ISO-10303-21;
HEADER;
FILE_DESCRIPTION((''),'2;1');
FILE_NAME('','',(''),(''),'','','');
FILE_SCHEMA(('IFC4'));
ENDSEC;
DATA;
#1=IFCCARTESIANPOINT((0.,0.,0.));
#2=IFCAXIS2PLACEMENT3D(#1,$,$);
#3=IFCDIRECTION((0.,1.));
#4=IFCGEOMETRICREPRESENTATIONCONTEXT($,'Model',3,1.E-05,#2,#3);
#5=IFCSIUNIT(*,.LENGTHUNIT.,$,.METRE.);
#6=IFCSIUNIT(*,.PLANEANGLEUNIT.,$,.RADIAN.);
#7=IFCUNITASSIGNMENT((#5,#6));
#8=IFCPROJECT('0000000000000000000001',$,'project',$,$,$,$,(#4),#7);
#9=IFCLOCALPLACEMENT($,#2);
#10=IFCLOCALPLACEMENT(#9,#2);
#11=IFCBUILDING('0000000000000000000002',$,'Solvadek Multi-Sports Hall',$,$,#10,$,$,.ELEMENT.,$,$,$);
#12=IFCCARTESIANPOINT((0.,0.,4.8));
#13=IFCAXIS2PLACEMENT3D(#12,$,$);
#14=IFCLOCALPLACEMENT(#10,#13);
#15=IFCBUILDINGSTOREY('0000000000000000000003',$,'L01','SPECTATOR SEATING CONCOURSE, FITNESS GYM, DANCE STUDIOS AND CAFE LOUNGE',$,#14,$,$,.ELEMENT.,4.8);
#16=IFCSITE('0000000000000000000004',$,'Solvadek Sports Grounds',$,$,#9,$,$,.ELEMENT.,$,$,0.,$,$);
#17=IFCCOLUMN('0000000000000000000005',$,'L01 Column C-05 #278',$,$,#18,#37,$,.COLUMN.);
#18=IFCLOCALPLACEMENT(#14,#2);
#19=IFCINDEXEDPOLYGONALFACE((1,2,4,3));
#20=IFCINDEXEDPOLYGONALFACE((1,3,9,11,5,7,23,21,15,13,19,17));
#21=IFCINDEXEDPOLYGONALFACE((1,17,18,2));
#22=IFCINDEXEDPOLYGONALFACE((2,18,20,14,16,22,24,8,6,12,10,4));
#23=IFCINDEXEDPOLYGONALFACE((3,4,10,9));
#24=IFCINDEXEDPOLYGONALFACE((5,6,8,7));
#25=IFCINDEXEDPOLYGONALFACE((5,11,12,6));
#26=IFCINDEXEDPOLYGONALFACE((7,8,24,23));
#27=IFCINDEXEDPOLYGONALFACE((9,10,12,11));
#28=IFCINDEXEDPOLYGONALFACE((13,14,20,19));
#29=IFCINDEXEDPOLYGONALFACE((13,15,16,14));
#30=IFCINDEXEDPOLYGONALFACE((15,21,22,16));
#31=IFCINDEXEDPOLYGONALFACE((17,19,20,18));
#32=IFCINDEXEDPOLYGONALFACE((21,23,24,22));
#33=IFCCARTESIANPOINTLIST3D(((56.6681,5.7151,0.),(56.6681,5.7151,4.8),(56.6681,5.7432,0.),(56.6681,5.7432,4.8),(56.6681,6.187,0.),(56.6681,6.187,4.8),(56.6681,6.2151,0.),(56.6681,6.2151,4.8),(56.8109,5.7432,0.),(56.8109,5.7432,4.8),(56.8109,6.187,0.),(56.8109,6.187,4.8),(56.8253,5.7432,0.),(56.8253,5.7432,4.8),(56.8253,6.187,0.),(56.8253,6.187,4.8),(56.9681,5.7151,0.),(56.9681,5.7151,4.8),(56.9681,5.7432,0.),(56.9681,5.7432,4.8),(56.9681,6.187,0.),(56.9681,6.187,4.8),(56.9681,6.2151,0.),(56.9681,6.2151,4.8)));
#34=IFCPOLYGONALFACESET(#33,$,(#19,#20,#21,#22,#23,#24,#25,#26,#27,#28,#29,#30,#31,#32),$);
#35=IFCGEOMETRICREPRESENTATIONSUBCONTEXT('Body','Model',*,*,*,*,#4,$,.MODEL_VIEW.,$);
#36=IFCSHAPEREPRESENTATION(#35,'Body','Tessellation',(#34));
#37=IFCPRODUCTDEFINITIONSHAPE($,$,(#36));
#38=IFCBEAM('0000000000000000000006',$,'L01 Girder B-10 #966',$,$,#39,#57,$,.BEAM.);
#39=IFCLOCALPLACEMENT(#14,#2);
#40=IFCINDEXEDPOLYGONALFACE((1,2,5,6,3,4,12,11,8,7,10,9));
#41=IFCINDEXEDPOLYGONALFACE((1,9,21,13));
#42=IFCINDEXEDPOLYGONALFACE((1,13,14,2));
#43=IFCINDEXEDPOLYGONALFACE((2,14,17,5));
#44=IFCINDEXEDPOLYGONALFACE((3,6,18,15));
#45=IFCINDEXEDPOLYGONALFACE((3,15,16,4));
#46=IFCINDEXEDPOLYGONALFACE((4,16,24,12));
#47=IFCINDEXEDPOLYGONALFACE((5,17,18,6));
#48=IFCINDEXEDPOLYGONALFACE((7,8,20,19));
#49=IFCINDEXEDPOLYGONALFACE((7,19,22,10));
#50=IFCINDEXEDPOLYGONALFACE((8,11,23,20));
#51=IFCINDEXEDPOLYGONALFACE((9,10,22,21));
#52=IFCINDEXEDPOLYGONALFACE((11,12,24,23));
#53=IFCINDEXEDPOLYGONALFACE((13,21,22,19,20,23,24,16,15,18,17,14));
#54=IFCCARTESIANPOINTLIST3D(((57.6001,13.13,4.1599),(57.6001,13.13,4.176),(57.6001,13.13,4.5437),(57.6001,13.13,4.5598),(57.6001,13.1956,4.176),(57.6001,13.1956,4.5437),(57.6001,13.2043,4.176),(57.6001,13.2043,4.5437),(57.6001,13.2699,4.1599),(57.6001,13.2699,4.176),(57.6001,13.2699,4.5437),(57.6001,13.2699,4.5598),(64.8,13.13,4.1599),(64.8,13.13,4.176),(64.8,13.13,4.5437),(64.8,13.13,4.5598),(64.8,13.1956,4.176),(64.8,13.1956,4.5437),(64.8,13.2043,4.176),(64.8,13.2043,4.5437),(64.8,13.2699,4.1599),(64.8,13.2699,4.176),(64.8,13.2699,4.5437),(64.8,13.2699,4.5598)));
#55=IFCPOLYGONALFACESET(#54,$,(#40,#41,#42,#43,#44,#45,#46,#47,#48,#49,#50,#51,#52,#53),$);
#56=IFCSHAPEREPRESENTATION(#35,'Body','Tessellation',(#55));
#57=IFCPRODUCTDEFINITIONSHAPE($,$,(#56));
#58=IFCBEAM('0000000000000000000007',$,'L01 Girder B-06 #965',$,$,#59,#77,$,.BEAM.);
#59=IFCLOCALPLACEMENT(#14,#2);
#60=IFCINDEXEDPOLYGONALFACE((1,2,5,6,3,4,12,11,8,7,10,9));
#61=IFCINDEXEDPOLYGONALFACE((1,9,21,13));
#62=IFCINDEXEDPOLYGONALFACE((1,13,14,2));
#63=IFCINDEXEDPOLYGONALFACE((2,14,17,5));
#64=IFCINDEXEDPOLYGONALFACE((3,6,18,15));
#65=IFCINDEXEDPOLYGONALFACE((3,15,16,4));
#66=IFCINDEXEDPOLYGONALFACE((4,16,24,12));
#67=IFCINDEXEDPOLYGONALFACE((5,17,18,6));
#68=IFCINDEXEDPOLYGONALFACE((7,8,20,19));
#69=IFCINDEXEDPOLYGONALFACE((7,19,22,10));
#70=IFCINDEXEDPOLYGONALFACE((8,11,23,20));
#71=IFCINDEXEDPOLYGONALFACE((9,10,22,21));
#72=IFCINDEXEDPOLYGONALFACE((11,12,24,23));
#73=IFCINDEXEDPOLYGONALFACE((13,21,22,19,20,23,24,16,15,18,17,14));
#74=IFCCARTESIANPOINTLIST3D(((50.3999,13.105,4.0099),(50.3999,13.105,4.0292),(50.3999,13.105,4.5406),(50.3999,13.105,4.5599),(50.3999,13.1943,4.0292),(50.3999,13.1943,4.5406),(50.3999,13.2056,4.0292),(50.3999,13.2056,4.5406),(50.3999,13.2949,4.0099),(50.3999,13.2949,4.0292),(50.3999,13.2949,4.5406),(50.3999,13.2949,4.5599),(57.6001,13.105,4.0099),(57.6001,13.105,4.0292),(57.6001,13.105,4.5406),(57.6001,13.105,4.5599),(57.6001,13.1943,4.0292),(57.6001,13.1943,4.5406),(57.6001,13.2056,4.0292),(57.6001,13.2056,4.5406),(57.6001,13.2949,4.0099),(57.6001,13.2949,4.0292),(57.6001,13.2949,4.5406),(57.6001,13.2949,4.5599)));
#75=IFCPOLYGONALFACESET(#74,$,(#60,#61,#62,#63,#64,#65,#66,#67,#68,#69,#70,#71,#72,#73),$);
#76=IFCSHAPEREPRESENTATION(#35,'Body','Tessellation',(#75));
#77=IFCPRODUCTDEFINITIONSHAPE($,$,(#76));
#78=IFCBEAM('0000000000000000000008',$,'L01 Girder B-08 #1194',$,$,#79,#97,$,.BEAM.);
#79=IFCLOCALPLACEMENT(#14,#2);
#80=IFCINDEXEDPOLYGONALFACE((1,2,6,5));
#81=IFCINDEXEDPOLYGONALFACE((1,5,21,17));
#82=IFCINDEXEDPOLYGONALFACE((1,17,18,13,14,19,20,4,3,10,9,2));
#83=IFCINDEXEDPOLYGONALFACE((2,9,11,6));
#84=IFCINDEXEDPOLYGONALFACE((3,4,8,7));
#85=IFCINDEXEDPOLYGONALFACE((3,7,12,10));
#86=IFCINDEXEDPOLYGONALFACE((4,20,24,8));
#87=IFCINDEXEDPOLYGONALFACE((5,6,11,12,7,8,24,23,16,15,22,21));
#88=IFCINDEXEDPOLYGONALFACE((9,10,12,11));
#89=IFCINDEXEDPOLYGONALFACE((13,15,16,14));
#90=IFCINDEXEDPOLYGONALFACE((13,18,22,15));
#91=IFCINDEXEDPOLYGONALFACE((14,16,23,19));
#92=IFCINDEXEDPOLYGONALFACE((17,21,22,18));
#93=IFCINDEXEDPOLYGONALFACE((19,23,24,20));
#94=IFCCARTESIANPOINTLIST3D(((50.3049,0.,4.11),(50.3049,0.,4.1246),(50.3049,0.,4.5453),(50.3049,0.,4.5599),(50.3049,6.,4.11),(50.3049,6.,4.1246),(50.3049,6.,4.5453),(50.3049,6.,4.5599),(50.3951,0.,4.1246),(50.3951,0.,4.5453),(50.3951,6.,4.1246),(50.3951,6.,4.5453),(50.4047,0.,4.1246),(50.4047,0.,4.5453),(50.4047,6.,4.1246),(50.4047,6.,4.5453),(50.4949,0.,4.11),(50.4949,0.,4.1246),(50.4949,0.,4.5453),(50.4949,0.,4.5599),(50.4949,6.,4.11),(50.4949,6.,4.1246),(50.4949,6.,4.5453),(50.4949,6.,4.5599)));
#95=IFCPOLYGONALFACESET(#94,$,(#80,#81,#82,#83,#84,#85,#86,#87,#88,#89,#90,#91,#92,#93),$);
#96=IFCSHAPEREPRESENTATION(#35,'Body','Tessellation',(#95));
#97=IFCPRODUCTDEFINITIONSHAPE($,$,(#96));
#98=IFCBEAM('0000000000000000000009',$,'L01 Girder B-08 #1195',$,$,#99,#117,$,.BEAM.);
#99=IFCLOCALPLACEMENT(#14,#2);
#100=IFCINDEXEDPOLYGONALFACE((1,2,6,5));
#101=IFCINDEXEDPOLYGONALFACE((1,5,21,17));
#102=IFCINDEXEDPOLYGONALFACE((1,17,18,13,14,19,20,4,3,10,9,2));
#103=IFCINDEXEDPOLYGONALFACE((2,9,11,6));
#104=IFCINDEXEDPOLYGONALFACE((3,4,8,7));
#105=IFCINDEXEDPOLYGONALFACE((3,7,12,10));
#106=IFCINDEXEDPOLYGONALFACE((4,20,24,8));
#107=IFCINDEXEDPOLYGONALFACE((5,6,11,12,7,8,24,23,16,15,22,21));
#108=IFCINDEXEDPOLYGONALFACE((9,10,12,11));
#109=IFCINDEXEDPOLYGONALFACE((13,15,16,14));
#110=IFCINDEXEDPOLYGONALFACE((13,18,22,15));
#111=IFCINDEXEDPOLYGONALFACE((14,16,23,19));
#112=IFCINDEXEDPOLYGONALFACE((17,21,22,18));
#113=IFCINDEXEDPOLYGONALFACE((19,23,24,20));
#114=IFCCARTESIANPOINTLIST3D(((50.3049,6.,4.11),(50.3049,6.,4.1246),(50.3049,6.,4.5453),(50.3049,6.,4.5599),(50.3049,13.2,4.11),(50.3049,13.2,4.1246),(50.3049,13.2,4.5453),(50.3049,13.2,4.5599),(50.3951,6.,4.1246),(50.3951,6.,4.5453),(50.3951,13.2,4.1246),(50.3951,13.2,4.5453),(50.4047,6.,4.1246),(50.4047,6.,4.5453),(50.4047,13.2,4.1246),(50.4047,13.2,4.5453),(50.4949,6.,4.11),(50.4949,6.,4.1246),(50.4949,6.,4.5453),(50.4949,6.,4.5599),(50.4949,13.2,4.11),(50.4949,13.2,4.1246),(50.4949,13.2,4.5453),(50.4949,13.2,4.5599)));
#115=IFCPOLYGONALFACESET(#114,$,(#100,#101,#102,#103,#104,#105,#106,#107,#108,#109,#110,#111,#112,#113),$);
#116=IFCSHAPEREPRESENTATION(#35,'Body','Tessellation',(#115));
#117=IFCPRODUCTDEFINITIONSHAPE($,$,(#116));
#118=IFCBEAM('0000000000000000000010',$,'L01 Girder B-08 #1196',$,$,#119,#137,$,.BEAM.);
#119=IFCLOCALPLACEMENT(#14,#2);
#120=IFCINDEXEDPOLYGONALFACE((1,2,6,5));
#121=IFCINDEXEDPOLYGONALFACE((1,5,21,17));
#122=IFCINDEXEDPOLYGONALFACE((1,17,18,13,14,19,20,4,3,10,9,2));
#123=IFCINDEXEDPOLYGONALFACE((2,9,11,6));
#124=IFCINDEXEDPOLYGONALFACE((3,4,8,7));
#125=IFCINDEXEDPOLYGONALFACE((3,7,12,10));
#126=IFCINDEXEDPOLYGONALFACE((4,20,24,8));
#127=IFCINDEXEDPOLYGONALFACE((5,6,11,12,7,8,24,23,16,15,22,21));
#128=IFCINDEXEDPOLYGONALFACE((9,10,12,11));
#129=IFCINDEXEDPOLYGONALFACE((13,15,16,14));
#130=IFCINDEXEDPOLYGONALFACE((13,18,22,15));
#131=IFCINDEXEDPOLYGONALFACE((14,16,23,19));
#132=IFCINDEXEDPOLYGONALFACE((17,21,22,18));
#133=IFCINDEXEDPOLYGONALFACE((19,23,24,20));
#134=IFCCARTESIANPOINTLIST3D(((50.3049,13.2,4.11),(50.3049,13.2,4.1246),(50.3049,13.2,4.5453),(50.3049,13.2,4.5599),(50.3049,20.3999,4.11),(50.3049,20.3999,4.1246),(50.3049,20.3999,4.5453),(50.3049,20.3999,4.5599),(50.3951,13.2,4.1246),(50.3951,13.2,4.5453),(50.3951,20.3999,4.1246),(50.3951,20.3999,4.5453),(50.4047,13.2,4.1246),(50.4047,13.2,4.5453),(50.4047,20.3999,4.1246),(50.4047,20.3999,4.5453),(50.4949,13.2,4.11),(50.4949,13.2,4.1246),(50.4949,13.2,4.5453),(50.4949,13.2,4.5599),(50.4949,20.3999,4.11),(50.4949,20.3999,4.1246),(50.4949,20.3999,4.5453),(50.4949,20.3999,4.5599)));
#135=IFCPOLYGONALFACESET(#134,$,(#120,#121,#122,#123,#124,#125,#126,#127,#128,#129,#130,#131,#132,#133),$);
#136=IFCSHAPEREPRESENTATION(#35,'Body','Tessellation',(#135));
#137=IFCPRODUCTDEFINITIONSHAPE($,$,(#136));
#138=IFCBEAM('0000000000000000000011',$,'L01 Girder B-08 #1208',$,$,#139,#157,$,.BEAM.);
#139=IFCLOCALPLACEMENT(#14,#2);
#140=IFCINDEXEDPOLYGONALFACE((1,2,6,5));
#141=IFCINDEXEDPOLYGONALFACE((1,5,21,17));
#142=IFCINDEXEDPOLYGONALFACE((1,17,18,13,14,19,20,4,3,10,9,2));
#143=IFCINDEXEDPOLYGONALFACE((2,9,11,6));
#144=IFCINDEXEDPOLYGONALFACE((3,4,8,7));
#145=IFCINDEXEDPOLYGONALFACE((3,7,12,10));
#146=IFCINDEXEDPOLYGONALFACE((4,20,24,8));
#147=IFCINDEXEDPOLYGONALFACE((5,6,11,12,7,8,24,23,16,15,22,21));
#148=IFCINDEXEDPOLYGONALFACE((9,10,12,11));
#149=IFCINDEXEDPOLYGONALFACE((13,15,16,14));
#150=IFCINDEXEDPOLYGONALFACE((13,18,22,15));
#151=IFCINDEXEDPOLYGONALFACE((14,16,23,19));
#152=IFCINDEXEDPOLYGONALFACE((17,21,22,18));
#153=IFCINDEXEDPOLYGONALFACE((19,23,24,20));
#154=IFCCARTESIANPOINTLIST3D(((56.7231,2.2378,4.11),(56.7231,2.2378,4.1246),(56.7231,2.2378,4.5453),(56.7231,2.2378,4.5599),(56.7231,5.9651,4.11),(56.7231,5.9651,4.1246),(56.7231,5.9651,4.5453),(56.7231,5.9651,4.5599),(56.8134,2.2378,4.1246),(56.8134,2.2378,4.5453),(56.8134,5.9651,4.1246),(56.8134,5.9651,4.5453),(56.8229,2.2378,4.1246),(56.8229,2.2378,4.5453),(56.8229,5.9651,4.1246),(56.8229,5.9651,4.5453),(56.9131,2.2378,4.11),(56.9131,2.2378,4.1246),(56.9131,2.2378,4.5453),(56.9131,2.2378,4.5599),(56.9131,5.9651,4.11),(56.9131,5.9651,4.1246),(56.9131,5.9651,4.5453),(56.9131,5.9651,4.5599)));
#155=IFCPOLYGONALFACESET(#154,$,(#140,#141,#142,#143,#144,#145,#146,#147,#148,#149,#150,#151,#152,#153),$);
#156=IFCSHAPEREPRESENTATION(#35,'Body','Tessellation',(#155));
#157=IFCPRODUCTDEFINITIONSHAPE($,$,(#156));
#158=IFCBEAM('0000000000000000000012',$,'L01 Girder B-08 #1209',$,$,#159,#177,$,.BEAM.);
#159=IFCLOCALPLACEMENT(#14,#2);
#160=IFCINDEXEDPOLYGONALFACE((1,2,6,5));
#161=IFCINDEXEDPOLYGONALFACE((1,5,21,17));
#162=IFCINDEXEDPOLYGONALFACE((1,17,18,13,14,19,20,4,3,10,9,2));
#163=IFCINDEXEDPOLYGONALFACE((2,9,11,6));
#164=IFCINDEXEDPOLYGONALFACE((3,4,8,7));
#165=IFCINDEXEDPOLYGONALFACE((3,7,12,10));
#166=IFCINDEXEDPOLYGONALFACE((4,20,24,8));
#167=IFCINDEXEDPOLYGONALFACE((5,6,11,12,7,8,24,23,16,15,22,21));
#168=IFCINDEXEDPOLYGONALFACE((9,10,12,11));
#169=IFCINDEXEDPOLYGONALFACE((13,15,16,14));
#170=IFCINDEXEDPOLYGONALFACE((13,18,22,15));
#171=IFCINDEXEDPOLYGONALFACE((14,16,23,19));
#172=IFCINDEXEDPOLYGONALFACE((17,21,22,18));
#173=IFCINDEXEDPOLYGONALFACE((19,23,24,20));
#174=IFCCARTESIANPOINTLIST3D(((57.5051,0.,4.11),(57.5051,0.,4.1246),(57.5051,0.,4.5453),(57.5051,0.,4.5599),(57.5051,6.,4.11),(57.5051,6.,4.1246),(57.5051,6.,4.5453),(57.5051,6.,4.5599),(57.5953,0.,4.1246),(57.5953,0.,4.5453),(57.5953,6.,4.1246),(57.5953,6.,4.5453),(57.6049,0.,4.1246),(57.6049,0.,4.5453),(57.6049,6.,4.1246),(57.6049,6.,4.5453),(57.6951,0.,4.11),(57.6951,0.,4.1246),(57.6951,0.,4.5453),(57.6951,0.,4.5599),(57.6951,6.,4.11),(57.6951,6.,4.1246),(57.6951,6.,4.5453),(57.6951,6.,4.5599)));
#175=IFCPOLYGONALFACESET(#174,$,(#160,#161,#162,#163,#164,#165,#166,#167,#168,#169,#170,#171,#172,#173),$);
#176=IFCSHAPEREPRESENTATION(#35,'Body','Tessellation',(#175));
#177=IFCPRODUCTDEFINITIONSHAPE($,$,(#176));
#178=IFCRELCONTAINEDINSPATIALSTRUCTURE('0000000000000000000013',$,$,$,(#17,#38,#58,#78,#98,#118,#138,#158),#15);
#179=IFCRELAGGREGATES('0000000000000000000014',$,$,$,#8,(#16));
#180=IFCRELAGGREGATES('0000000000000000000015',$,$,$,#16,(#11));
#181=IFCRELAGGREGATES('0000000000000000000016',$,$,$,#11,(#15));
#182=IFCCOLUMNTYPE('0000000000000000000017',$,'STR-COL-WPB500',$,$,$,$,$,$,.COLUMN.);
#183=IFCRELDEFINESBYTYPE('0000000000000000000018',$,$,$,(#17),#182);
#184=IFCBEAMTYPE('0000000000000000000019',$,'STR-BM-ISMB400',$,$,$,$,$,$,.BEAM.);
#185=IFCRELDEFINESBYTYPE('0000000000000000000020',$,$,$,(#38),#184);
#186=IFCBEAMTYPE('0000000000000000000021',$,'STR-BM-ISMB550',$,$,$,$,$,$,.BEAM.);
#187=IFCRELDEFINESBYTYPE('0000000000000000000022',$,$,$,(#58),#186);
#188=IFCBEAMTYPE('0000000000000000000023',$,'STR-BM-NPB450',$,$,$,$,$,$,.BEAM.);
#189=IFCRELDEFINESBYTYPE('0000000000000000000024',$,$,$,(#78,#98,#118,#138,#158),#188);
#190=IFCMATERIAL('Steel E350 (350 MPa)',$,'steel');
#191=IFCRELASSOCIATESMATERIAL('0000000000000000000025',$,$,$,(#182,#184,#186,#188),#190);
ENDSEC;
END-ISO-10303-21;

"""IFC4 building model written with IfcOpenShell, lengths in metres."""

from ifc_helpers import new_model, si_unit, direction, frame, origin, origin_2d, place, context, subcontext, project, spatial, i_section, extrude, material, material_profile, profile_set, type_object, element, save


model = new_model("IFC4")

# Units and contexts
model_context = context("Model", 3, precision=1e-05, world=origin(), true_north=direction((0.0, 1.0)))
body_context = subcontext(model_context, "Body", "Model", "MODEL_VIEW")
ifc_project = project(units=[si_unit("LENGTHUNIT", "METRE"), si_unit("PLANEANGLEUNIT", "RADIAN")], contexts=[model_context])

# Site, building, storey
site_placement = place(None, origin())
site = spatial("IfcSite", under=ifc_project, at=site_placement, Name="Solvadek Sports Grounds", CompositionType="ELEMENT", RefElevation=0.0)
building_placement = place(site_placement, origin())
building = spatial("IfcBuilding", under=site, at=building_placement, Name="Solvadek Multi-Sports Hall", CompositionType="ELEMENT")
storey_placement = place(building_placement, frame((0.0, 0.0, 4.8)))
storey = spatial("IfcBuildingStorey", under=building, at=storey_placement, Name="L01", Description="SPECTATOR SEATING CONCOURSE, FITNESS GYM, DANCE STUDIOS AND CAFE LOUNGE", CompositionType="ELEMENT", Elevation=4.8)

# Column
ifc_material = material(Name="Steel E350 (350 MPa)", Category="steel")
ifc_material_profile_1 = material_profile(ifc_material, i_section(OverallWidth=0.3, OverallDepth=0.5, WebThickness=0.0144, FlangeThickness=0.0281, at=origin_2d()), Name="WPB 500")
ifc_profile_set_1 = profile_set([ifc_material_profile_1], Name="Steel E350 (350 MPa)")
column_type_1 = type_object("IfcColumnType", Name="STR-COL-WPB500", PredefinedType="COLUMN", material=ifc_profile_set_1)
for number, where, z_axis, x_axis, name in (
    (1, (56.8181, 5.9651, 0.0), (0.0, 0.0, 1.0), (1.0, 0.0, 0.0), "L01 Column C-05 #278"),
):
    element("IfcColumn", number, at=place(storey_placement, frame(where, z_axis=z_axis, x_axis=x_axis)), inside=storey, type_object=column_type_1, Name=name, PredefinedType="COLUMN", context=body_context, shape_type="SweptSolid", body=[
        extrude(i_section(OverallWidth=0.3, OverallDepth=0.5, WebThickness=0.0144, FlangeThickness=0.0281, at=origin_2d()), origin(), (0.0, 0.0, 1.0), 4.8),
    ])

# Beams
ifc_material_profile_2 = material_profile(ifc_material, i_section(OverallWidth=0.1399, OverallDepth=0.3999, WebThickness=0.0088, FlangeThickness=0.0161, at=origin_2d()), Name="ISMB 400")
ifc_profile_set_2 = profile_set([ifc_material_profile_2], Name="Steel E350 (350 MPa)")
beam_type_1 = type_object("IfcBeamType", Name="STR-BM-ISMB400", PredefinedType="BEAM", material=ifc_profile_set_2)
beam_1_placement = place(storey_placement, frame((57.6001, 13.2, 4.3599), z_axis=(1.0, 0.0, 0.0), x_axis=(0.0, 1.0, 0.0)))
element("IfcBeam", 2, at=beam_1_placement, inside=storey, type_object=beam_type_1, Name="L01 Girder B-10 #966", PredefinedType="BEAM", context=body_context, shape_type="SweptSolid", body=[
    extrude(i_section(OverallWidth=0.1399, OverallDepth=0.3999, WebThickness=0.0088, FlangeThickness=0.0161, at=origin_2d()), origin(), (0.0, 0.0, 1.0), 7.2),
])
ifc_material_profile_3 = material_profile(ifc_material, i_section(OverallWidth=0.1899, OverallDepth=0.55, WebThickness=0.0112, FlangeThickness=0.0193, at=origin_2d()), Name="ISMB 550")
ifc_profile_set_3 = profile_set([ifc_material_profile_3], Name="Steel E350 (350 MPa)")
beam_type_2 = type_object("IfcBeamType", Name="STR-BM-ISMB550", PredefinedType="BEAM", material=ifc_profile_set_3)
beam_2_placement = place(storey_placement, frame((50.3999, 13.2, 4.2849), z_axis=(1.0, 0.0, 0.0), x_axis=(0.0, 1.0, 0.0)))
element("IfcBeam", 3, at=beam_2_placement, inside=storey, type_object=beam_type_2, Name="L01 Girder B-06 #965", PredefinedType="BEAM", context=body_context, shape_type="SweptSolid", body=[
    extrude(i_section(OverallWidth=0.1899, OverallDepth=0.55, WebThickness=0.0112, FlangeThickness=0.0193, at=origin_2d()), origin(), (0.0, 0.0, 1.0), 7.2002),
])
ifc_material_profile_4 = material_profile(ifc_material, i_section(OverallWidth=0.1899, OverallDepth=0.45, WebThickness=0.0095, FlangeThickness=0.0146, at=origin_2d()), Name="NPB 450")
ifc_profile_set_4 = profile_set([ifc_material_profile_4], Name="Steel E350 (350 MPa)")
beam_type_3 = type_object("IfcBeamType", Name="STR-BM-NPB450", PredefinedType="BEAM", material=ifc_profile_set_4)
beam_3_placement = place(storey_placement, frame((50.3999, 0.0, 4.335), z_axis=(0.0, 1.0, 0.0), x_axis=(-1.0, 0.0, 0.0)))
element("IfcBeam", 4, at=beam_3_placement, inside=storey, type_object=beam_type_3, Name="L01 Girder B-08 #1194", PredefinedType="BEAM", context=body_context, shape_type="SweptSolid", body=[
    extrude(i_section(OverallWidth=0.1899, OverallDepth=0.45, WebThickness=0.0095, FlangeThickness=0.0146, at=origin_2d()), origin(), (0.0, 0.0, 1.0), 6.0),
])
for number, where, z_axis, x_axis, name in (
    (5, (50.3999, 6.0, 4.335), (0.0, 1.0, 0.0), (-1.0, 0.0, 0.0), "L01 Girder B-08 #1195"),
    (6, (50.3999, 13.2, 4.335), (0.0, 1.0, 0.0), (-1.0, 0.0, 0.0), "L01 Girder B-08 #1196"),
):
    element("IfcBeam", number, at=place(storey_placement, frame(where, z_axis=z_axis, x_axis=x_axis)), inside=storey, type_object=beam_type_3, Name=name, PredefinedType="BEAM", context=body_context, shape_type="SweptSolid", body=[
        extrude(i_section(OverallWidth=0.1899, OverallDepth=0.45, WebThickness=0.0095, FlangeThickness=0.0146, at=origin_2d()), origin(), (0.0, 0.0, 1.0), 7.2),
    ])
beam_4_placement = place(storey_placement, frame((56.8181, 2.2378, 4.335), z_axis=(0.0, 1.0, 0.0), x_axis=(-1.0, 0.0, 0.0)))
element("IfcBeam", 7, at=beam_4_placement, inside=storey, type_object=beam_type_3, Name="L01 Girder B-08 #1208", PredefinedType="BEAM", context=body_context, shape_type="SweptSolid", body=[
    extrude(i_section(OverallWidth=0.1899, OverallDepth=0.45, WebThickness=0.0095, FlangeThickness=0.0146, at=origin_2d()), origin(), (0.0, 0.0, 1.0), 3.7273),
])
beam_5_placement = place(storey_placement, frame((57.6001, 0.0, 4.335), z_axis=(0.0, 1.0, 0.0), x_axis=(-1.0, 0.0, 0.0)))
element("IfcBeam", 8, at=beam_5_placement, inside=storey, type_object=beam_type_3, Name="L01 Girder B-08 #1209", PredefinedType="BEAM", context=body_context, shape_type="SweptSolid", body=[
    extrude(i_section(OverallWidth=0.1899, OverallDepth=0.45, WebThickness=0.0095, FlangeThickness=0.0146, at=origin_2d()), origin(), (0.0, 0.0, 1.0), 6.0),
])

save(model, "model.ifc")
